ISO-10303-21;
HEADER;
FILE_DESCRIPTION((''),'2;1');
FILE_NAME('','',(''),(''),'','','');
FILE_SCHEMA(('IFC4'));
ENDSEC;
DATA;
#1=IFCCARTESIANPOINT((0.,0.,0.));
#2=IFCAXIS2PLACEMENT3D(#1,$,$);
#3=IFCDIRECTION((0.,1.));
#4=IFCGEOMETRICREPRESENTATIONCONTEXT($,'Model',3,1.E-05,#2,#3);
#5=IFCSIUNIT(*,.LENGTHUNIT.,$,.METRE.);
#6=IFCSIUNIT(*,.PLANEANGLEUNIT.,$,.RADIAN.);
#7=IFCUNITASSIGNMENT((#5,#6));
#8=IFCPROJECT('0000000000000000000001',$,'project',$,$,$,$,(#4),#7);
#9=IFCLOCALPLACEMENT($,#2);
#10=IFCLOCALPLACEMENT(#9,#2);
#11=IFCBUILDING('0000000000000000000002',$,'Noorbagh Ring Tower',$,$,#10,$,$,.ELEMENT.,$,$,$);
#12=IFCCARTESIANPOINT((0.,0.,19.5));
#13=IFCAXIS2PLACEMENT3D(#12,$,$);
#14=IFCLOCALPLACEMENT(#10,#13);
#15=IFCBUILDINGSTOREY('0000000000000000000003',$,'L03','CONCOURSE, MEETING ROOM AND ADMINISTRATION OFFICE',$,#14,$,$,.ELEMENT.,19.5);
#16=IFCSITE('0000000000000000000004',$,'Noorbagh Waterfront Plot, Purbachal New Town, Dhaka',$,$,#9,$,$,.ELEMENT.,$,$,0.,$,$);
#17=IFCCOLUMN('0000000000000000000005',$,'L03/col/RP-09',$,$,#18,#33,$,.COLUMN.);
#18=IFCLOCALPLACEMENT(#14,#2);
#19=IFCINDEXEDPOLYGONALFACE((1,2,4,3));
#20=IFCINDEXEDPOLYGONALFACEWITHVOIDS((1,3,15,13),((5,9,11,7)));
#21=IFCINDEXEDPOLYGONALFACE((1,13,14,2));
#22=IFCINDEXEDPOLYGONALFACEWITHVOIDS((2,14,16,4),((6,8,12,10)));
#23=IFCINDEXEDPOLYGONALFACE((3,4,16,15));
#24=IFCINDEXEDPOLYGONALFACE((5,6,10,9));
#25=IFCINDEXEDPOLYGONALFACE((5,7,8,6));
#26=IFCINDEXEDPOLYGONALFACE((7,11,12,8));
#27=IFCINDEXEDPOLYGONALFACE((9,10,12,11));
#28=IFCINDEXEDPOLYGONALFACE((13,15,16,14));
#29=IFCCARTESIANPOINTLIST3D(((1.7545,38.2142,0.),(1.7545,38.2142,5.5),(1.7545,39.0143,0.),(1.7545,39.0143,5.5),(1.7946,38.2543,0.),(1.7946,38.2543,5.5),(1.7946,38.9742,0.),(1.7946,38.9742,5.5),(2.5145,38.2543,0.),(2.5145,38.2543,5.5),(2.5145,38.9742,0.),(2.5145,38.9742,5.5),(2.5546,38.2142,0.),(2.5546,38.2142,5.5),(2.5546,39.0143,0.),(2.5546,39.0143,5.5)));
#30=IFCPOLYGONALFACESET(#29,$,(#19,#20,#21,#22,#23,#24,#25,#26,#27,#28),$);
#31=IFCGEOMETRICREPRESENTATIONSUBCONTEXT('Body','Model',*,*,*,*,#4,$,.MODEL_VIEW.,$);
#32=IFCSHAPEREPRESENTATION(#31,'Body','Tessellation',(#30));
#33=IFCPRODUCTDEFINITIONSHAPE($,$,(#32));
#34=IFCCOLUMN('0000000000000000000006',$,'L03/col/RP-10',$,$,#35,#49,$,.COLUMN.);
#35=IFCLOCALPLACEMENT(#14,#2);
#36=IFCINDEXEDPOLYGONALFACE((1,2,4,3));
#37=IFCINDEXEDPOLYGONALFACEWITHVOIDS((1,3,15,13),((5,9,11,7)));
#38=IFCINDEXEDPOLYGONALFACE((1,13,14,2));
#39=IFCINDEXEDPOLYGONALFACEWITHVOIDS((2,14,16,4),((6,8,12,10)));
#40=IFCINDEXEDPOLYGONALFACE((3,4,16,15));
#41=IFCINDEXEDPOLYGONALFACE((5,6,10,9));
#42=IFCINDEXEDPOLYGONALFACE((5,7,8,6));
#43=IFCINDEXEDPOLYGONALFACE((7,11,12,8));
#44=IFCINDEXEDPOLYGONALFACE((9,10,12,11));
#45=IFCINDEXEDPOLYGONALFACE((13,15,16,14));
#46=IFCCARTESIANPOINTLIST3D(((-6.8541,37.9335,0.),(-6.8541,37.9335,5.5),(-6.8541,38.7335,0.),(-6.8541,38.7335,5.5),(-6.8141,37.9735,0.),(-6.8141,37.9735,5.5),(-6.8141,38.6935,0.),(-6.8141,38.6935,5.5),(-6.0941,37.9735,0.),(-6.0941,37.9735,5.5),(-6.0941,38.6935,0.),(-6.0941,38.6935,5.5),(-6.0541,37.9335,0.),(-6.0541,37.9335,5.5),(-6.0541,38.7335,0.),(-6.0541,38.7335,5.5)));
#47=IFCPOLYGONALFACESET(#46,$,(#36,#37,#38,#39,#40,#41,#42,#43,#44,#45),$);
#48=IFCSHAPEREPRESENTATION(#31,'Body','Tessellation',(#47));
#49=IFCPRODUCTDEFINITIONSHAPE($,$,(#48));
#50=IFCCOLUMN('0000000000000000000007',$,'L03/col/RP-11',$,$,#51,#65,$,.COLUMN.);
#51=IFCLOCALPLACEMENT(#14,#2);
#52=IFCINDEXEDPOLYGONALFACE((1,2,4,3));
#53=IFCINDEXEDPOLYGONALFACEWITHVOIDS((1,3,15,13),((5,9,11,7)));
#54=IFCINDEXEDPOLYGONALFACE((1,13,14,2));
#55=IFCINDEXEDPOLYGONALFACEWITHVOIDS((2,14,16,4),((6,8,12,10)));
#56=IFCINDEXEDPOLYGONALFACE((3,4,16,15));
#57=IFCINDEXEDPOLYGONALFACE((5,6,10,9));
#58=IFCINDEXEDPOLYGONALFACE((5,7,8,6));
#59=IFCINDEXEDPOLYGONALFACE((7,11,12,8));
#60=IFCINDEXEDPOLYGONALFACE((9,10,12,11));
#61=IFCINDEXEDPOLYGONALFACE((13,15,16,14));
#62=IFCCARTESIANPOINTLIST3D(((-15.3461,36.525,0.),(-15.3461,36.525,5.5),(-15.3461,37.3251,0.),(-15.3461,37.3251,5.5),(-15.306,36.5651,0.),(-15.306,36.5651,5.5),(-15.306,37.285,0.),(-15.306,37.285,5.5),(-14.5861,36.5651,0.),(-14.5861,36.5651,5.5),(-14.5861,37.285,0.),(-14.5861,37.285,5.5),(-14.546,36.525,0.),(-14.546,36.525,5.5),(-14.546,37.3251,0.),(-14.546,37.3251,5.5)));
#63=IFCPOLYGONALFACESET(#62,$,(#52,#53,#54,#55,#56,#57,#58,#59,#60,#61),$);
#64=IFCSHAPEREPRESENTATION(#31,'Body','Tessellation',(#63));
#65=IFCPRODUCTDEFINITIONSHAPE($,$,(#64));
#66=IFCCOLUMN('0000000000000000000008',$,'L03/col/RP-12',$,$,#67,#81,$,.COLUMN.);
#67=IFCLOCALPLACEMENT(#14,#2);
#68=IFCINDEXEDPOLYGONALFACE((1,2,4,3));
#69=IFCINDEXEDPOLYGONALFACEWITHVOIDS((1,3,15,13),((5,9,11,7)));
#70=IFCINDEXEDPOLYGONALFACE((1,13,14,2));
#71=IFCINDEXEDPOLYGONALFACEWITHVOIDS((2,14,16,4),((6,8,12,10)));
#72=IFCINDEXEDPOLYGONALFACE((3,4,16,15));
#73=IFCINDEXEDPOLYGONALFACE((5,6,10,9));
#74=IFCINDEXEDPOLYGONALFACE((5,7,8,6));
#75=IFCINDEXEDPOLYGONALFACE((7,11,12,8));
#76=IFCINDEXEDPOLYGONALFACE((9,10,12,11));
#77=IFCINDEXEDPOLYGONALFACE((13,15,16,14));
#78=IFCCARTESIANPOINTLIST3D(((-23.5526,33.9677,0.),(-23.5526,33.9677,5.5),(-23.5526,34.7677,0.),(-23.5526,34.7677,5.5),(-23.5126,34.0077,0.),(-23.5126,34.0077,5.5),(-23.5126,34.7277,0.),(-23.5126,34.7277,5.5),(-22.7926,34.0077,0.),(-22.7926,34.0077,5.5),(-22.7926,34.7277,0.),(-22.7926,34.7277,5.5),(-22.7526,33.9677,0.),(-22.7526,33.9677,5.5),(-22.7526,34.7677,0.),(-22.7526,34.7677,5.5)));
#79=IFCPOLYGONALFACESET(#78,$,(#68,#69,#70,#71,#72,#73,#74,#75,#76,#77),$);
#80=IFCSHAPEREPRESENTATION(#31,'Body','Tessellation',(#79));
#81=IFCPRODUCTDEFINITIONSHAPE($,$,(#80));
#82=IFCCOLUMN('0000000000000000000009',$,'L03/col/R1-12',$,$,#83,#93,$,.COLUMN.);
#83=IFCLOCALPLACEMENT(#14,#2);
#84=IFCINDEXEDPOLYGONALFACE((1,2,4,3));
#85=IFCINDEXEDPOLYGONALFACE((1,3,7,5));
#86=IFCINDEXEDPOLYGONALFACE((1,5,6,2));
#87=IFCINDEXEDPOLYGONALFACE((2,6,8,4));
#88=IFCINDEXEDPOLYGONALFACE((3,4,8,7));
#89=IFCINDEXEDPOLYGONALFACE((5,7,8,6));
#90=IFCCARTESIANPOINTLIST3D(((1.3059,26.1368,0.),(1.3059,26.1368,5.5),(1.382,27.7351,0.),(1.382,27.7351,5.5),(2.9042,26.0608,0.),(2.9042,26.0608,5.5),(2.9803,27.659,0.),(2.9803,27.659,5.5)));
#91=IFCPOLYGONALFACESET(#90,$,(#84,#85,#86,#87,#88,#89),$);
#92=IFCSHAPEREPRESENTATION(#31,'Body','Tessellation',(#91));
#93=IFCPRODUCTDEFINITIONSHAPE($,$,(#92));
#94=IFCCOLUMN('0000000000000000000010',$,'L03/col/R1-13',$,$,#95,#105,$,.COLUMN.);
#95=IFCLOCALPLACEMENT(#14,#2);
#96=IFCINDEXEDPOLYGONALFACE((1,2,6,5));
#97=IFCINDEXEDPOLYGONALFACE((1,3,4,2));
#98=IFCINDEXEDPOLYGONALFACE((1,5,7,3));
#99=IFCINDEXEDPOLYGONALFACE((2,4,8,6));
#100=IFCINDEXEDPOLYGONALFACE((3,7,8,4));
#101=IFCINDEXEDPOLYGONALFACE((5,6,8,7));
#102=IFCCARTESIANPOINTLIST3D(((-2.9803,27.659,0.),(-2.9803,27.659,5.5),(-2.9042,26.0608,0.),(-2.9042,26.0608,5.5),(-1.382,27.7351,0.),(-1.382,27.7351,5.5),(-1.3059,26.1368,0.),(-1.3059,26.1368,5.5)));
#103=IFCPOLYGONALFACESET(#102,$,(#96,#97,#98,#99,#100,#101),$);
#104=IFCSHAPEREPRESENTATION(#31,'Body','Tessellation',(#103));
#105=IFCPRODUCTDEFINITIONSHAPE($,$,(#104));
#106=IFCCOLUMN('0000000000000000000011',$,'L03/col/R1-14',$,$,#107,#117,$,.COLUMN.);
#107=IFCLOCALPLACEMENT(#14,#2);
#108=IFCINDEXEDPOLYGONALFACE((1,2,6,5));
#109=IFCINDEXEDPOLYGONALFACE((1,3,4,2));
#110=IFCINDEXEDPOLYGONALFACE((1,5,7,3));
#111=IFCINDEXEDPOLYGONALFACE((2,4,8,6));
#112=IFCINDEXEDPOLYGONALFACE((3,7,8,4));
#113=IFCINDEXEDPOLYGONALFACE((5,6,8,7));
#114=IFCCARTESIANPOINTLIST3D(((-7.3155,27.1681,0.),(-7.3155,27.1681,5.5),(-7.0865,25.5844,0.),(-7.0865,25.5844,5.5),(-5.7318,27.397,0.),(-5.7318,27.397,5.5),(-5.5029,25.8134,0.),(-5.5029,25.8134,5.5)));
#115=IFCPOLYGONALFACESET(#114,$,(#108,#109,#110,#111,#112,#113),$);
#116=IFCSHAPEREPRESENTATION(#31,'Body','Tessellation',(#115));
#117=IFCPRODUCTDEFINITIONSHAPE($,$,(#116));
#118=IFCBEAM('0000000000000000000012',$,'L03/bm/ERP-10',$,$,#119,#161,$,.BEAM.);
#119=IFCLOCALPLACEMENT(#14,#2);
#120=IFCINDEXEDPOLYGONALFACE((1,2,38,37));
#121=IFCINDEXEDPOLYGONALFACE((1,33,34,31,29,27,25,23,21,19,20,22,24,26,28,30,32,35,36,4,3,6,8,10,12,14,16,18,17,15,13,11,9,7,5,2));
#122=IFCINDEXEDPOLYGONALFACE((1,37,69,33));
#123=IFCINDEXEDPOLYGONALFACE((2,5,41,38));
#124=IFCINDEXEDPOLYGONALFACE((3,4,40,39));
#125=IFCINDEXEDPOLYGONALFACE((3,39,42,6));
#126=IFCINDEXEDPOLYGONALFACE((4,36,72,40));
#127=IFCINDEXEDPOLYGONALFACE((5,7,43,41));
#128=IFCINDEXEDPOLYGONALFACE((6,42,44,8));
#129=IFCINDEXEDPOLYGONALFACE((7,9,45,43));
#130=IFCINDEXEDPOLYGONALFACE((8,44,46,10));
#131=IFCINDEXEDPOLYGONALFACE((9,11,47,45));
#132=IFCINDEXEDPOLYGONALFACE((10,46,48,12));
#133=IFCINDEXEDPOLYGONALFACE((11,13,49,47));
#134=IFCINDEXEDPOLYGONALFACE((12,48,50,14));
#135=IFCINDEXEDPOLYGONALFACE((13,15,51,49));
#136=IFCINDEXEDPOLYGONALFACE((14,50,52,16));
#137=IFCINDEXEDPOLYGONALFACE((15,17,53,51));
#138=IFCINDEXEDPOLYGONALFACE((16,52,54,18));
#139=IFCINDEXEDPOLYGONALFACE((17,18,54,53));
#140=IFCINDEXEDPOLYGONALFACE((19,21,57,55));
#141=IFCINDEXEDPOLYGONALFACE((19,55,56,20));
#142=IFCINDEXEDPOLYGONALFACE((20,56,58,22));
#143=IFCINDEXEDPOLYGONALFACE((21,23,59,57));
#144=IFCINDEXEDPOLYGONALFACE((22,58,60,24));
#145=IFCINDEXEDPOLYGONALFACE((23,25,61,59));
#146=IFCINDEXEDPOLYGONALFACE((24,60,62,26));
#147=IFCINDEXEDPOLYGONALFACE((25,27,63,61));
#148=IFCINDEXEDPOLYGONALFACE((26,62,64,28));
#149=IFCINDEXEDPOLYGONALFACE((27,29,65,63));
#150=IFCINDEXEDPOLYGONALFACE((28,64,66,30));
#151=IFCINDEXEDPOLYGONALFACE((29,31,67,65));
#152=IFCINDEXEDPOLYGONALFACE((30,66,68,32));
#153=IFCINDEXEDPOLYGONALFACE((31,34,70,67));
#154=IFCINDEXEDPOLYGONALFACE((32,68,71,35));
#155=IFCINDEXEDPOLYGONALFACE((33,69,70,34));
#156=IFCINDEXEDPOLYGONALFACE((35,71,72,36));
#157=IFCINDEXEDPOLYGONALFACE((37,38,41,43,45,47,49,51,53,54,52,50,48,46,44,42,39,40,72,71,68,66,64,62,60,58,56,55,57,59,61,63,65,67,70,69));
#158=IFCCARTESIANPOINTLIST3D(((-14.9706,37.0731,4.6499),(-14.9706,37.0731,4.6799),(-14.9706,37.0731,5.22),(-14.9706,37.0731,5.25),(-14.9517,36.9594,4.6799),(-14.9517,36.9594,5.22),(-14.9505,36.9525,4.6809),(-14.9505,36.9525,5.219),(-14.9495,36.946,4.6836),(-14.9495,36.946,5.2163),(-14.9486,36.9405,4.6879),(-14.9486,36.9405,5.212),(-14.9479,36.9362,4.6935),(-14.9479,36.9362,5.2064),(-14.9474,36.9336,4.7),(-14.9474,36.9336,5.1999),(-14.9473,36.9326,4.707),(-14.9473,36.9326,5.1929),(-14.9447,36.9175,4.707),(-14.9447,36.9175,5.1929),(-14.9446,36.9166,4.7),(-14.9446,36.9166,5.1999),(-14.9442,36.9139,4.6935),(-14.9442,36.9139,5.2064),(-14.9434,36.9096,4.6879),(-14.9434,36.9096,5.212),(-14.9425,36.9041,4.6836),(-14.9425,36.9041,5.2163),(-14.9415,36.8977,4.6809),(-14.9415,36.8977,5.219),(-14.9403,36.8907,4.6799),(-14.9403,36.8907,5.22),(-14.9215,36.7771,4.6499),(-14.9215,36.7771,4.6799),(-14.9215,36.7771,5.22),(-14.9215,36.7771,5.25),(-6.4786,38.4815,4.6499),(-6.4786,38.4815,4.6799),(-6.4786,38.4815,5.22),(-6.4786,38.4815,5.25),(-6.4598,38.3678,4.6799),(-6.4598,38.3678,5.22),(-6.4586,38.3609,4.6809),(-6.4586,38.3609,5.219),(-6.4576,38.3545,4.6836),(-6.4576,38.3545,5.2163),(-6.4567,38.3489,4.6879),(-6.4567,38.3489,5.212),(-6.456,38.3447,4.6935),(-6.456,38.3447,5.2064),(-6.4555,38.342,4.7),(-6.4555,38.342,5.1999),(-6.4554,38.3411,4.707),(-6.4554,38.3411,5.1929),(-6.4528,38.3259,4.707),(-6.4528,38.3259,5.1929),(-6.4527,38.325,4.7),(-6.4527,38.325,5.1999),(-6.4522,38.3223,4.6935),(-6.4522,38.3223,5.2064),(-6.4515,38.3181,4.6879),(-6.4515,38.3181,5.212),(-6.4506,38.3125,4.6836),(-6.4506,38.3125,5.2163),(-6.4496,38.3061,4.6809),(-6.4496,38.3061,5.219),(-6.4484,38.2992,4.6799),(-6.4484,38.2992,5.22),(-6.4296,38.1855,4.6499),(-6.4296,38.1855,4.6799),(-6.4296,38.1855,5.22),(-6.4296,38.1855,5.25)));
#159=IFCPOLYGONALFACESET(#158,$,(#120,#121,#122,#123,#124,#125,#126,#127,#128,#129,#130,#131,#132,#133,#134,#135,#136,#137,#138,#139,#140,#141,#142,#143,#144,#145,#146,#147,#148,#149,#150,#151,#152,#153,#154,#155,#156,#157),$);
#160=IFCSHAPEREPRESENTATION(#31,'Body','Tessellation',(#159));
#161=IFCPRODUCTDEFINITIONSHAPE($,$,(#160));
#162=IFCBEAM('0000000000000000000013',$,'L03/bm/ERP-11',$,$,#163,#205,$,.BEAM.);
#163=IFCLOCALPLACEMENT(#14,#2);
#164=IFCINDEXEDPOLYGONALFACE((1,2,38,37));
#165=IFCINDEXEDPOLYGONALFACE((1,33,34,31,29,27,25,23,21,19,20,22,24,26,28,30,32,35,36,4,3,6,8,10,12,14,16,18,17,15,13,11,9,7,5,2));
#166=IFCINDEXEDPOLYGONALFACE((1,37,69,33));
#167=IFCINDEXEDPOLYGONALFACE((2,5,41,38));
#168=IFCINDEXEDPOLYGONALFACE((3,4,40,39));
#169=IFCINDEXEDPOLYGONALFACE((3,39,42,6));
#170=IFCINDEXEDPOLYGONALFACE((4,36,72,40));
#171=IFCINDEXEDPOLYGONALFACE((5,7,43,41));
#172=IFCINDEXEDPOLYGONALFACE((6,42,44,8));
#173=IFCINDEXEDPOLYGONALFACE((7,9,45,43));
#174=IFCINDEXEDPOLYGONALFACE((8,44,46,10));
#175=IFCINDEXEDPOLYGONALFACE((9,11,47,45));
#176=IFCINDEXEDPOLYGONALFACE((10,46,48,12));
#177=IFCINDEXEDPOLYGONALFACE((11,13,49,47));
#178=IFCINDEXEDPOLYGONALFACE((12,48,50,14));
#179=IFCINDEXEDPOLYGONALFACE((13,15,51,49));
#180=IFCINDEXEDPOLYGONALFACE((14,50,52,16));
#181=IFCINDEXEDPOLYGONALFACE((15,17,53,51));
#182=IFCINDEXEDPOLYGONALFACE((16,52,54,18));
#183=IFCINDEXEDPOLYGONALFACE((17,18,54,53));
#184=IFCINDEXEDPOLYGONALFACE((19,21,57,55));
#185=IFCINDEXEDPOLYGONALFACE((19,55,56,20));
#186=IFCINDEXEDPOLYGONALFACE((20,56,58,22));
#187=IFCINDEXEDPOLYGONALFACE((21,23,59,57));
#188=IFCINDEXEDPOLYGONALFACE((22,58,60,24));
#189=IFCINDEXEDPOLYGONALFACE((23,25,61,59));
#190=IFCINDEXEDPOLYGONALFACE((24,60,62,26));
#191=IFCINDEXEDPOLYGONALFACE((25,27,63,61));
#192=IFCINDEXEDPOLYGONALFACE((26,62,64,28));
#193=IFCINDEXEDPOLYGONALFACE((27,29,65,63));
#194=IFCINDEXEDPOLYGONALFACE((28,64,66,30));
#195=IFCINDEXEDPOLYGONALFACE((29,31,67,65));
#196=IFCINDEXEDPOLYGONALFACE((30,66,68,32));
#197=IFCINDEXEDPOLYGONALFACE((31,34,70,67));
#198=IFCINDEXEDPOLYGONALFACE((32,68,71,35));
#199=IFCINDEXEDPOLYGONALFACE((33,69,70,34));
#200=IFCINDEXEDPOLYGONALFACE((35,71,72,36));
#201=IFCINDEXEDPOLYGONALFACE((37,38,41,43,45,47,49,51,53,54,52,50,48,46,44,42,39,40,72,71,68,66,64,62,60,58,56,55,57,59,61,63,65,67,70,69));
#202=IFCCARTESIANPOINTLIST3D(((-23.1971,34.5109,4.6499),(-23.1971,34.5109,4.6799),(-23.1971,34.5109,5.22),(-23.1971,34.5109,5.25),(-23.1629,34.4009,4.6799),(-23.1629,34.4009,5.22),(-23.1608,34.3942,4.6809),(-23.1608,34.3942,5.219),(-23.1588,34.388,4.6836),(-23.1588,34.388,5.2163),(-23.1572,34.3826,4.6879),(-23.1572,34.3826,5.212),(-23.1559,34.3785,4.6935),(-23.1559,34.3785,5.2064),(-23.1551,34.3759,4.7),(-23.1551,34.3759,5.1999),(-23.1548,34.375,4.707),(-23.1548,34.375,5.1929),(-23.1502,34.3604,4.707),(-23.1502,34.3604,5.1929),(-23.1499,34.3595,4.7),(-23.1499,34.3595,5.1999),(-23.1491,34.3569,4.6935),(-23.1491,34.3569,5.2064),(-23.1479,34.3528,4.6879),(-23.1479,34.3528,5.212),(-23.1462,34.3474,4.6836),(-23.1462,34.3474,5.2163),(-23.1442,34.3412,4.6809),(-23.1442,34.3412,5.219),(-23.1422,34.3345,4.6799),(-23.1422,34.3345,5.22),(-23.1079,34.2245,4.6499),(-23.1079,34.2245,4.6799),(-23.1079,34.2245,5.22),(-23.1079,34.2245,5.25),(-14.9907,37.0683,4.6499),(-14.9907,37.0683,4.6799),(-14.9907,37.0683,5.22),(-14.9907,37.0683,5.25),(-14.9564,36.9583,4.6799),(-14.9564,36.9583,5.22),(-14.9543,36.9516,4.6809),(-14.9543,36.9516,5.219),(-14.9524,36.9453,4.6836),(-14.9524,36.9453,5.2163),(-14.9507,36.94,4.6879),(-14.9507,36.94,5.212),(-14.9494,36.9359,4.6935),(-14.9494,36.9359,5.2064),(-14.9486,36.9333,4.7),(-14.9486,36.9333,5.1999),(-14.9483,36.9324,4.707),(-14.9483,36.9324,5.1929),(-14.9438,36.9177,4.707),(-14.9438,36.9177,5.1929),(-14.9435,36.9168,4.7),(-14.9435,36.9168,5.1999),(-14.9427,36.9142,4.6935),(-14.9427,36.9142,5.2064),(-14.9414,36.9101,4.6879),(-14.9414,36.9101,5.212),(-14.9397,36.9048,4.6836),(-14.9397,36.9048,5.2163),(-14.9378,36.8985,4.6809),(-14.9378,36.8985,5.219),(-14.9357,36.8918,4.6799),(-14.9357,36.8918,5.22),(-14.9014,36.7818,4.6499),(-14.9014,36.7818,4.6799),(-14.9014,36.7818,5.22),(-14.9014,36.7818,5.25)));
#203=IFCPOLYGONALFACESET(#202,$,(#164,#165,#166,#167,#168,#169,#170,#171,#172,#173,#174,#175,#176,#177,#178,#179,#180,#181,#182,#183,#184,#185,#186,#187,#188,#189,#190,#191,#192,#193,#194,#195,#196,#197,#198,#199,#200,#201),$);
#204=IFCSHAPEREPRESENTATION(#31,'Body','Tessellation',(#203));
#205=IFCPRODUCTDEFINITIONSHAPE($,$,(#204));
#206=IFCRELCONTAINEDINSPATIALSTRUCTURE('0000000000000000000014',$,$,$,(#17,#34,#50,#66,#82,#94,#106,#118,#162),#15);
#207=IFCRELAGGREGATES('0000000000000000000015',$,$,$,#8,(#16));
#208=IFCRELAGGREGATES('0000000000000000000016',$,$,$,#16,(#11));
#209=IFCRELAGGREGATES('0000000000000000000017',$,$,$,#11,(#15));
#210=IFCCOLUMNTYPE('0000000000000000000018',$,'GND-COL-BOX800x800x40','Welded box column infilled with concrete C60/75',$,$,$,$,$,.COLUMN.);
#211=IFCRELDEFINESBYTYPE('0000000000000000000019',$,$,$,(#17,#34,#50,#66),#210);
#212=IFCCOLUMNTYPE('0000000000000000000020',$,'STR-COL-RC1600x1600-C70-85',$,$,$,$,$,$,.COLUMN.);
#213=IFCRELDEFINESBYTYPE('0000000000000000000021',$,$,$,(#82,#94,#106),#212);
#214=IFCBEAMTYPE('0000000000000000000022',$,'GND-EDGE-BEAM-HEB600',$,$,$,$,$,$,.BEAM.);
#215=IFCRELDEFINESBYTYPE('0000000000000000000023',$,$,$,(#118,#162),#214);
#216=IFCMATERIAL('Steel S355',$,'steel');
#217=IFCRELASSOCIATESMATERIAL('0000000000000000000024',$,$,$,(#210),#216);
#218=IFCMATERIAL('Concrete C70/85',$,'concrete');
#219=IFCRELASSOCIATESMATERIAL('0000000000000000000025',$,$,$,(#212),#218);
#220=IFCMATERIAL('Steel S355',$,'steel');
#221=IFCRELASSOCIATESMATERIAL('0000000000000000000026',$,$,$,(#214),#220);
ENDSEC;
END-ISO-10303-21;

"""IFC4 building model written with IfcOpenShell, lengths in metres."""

from ifc_helpers import new_model, si_unit, direction, frame, origin, origin_2d, place, context, subcontext, project, spatial, rectangle, hollow_rectangle, i_section, extrude, material, material_profile, profile_set, type_object, element, save


model = new_model("IFC4")

# Units and contexts
model_context = context("Model", 3, precision=1e-05, world=origin(), true_north=direction((0.0, 1.0)))
body_context = subcontext(model_context, "Body", "Model", "MODEL_VIEW")
ifc_project = project(units=[si_unit("LENGTHUNIT", "METRE"), si_unit("PLANEANGLEUNIT", "RADIAN")], contexts=[model_context])

# Site, building, storey
site_placement = place(None, origin())
site = spatial("IfcSite", under=ifc_project, at=site_placement, Name="Noorbagh Waterfront Plot, Purbachal New Town, Dhaka", CompositionType="ELEMENT", RefElevation=0.0)
building_placement = place(site_placement, origin())
building = spatial("IfcBuilding", under=site, at=building_placement, Name="Noorbagh Ring Tower", CompositionType="ELEMENT")
storey_placement = place(building_placement, frame((0.0, 0.0, 19.5)))
storey = spatial("IfcBuildingStorey", under=building, at=storey_placement, Name="L03", Description="CONCOURSE, MEETING ROOM AND ADMINISTRATION OFFICE", CompositionType="ELEMENT", Elevation=19.5)

# Columns
ifc_material_1 = material(Name="Steel S355", Category="steel")
ifc_material_profile_1 = material_profile(ifc_material_1, hollow_rectangle(XDim=0.8, YDim=0.8, WallThickness=0.04, at=origin_2d()), Name="BOX800x800x40")
ifc_profile_set_1 = profile_set([ifc_material_profile_1], Name="Steel S355")
column_type_1 = type_object("IfcColumnType", Name="GND-COL-BOX800x800x40", Description="Welded box column infilled with concrete C60/75", PredefinedType="COLUMN", material=ifc_profile_set_1)
for number, where, z_axis, x_axis, name in (
    (1, (2.1545, 38.6143, 0.0), (0.0, 0.0, 1.0), (1.0, 0.0, 0.0), "L03/col/RP-09"),
    (2, (-6.4541, 38.3335, 0.0), (0.0, 0.0, 1.0), (1.0, 0.0, 0.0), "L03/col/RP-10"),
    (3, (-14.946, 36.925, 0.0), (0.0, 0.0, 1.0), (1.0, 0.0, 0.0), "L03/col/RP-11"),
    (4, (-23.1526, 34.3677, 0.0), (0.0, 0.0, 1.0), (1.0, 0.0, 0.0), "L03/col/RP-12"),
):
    element("IfcColumn", number, at=place(storey_placement, frame(where, z_axis=z_axis, x_axis=x_axis)), inside=storey, type_object=column_type_1, Name=name, PredefinedType="COLUMN", context=body_context, shape_type="SweptSolid", body=[
        extrude(hollow_rectangle(XDim=0.8, YDim=0.8, WallThickness=0.04, at=origin_2d()), origin(), (0.0, 0.0, 1.0), 5.5),
    ])
ifc_material_2 = material(Name="Concrete C70/85", Category="concrete")
ifc_material_profile_2 = material_profile(ifc_material_2, rectangle(XDim=1.6001, YDim=1.6001, at=origin_2d()), Name="RC1600x1600")
ifc_profile_set_2 = profile_set([ifc_material_profile_2], Name="Concrete C70/85")
column_type_2 = type_object("IfcColumnType", Name="STR-COL-RC1600x1600-C70-85", PredefinedType="COLUMN", material=ifc_profile_set_2)
for number, where, z_axis, x_axis, name in (
    (5, (2.1431, 26.8979, 0.0), (0.0, 0.0, 1.0), (-0.998869, 0.047553, 0.0), "L03/col/R1-12"),
    (6, (-2.1431, 26.8979, 0.0), (0.0, 0.0, 1.0), (-0.998869, -0.047553, 0.0), "L03/col/R1-13"),
    (7, (-6.4092, 26.4907, 0.0), (0.0, 0.0, 1.0), (-0.989713, -0.143066, 0.0), "L03/col/R1-14"),
):
    element("IfcColumn", number, at=place(storey_placement, frame(where, z_axis=z_axis, x_axis=x_axis)), inside=storey, type_object=column_type_2, Name=name, PredefinedType="COLUMN", context=body_context, shape_type="SweptSolid", body=[
        extrude(rectangle(XDim=1.6001, YDim=1.6001, at=origin_2d()), origin(), (0.0, 0.0, 1.0), 5.5),
    ])

# Beams
ifc_material_3 = material(Name="Steel S355", Category="steel")
ifc_material_profile_3 = material_profile(ifc_material_3, i_section(OverallWidth=0.3, OverallDepth=0.6001, WebThickness=0.0154, FlangeThickness=0.03, FilletRadius=0.0271, at=origin_2d()), Name="HEB600")
ifc_profile_set_3 = profile_set([ifc_material_profile_3], Name="Steel S355")
beam_type_1 = type_object("IfcBeamType", Name="GND-EDGE-BEAM-HEB600", PredefinedType="BEAM", material=ifc_profile_set_3)
beam_1_placement = place(storey_placement, frame((-6.4541, 38.3335, 4.95), z_axis=(-0.986523, -0.163622, 0.0), x_axis=(0.163622, -0.986523, 0.0)))
element("IfcBeam", 8, at=beam_1_placement, inside=storey, type_object=beam_type_1, Name="L03/bm/ERP-10", PredefinedType="BEAM", context=body_context, shape_type="SweptSolid", body=[
    extrude(i_section(OverallWidth=0.3, OverallDepth=0.6001, WebThickness=0.0154, FlangeThickness=0.03, FilletRadius=0.0271, at=origin_2d()), origin(), (0.0, 0.0, 1.0), 8.6079),
])
beam_2_placement = place(storey_placement, frame((-14.946, 36.925, 4.95), z_axis=(-0.954717, -0.297515, 0.0), x_axis=(0.297515, -0.954717, 0.0)))
element("IfcBeam", 9, at=beam_2_placement, inside=storey, type_object=beam_type_1, Name="L03/bm/ERP-11", PredefinedType="BEAM", context=body_context, shape_type="SweptSolid", body=[
    extrude(i_section(OverallWidth=0.3, OverallDepth=0.6001, WebThickness=0.0154, FlangeThickness=0.03, FilletRadius=0.0271, at=origin_2d()), origin(), (0.0, 0.0, 1.0), 8.5957),
])

save(model, "model.ifc")
